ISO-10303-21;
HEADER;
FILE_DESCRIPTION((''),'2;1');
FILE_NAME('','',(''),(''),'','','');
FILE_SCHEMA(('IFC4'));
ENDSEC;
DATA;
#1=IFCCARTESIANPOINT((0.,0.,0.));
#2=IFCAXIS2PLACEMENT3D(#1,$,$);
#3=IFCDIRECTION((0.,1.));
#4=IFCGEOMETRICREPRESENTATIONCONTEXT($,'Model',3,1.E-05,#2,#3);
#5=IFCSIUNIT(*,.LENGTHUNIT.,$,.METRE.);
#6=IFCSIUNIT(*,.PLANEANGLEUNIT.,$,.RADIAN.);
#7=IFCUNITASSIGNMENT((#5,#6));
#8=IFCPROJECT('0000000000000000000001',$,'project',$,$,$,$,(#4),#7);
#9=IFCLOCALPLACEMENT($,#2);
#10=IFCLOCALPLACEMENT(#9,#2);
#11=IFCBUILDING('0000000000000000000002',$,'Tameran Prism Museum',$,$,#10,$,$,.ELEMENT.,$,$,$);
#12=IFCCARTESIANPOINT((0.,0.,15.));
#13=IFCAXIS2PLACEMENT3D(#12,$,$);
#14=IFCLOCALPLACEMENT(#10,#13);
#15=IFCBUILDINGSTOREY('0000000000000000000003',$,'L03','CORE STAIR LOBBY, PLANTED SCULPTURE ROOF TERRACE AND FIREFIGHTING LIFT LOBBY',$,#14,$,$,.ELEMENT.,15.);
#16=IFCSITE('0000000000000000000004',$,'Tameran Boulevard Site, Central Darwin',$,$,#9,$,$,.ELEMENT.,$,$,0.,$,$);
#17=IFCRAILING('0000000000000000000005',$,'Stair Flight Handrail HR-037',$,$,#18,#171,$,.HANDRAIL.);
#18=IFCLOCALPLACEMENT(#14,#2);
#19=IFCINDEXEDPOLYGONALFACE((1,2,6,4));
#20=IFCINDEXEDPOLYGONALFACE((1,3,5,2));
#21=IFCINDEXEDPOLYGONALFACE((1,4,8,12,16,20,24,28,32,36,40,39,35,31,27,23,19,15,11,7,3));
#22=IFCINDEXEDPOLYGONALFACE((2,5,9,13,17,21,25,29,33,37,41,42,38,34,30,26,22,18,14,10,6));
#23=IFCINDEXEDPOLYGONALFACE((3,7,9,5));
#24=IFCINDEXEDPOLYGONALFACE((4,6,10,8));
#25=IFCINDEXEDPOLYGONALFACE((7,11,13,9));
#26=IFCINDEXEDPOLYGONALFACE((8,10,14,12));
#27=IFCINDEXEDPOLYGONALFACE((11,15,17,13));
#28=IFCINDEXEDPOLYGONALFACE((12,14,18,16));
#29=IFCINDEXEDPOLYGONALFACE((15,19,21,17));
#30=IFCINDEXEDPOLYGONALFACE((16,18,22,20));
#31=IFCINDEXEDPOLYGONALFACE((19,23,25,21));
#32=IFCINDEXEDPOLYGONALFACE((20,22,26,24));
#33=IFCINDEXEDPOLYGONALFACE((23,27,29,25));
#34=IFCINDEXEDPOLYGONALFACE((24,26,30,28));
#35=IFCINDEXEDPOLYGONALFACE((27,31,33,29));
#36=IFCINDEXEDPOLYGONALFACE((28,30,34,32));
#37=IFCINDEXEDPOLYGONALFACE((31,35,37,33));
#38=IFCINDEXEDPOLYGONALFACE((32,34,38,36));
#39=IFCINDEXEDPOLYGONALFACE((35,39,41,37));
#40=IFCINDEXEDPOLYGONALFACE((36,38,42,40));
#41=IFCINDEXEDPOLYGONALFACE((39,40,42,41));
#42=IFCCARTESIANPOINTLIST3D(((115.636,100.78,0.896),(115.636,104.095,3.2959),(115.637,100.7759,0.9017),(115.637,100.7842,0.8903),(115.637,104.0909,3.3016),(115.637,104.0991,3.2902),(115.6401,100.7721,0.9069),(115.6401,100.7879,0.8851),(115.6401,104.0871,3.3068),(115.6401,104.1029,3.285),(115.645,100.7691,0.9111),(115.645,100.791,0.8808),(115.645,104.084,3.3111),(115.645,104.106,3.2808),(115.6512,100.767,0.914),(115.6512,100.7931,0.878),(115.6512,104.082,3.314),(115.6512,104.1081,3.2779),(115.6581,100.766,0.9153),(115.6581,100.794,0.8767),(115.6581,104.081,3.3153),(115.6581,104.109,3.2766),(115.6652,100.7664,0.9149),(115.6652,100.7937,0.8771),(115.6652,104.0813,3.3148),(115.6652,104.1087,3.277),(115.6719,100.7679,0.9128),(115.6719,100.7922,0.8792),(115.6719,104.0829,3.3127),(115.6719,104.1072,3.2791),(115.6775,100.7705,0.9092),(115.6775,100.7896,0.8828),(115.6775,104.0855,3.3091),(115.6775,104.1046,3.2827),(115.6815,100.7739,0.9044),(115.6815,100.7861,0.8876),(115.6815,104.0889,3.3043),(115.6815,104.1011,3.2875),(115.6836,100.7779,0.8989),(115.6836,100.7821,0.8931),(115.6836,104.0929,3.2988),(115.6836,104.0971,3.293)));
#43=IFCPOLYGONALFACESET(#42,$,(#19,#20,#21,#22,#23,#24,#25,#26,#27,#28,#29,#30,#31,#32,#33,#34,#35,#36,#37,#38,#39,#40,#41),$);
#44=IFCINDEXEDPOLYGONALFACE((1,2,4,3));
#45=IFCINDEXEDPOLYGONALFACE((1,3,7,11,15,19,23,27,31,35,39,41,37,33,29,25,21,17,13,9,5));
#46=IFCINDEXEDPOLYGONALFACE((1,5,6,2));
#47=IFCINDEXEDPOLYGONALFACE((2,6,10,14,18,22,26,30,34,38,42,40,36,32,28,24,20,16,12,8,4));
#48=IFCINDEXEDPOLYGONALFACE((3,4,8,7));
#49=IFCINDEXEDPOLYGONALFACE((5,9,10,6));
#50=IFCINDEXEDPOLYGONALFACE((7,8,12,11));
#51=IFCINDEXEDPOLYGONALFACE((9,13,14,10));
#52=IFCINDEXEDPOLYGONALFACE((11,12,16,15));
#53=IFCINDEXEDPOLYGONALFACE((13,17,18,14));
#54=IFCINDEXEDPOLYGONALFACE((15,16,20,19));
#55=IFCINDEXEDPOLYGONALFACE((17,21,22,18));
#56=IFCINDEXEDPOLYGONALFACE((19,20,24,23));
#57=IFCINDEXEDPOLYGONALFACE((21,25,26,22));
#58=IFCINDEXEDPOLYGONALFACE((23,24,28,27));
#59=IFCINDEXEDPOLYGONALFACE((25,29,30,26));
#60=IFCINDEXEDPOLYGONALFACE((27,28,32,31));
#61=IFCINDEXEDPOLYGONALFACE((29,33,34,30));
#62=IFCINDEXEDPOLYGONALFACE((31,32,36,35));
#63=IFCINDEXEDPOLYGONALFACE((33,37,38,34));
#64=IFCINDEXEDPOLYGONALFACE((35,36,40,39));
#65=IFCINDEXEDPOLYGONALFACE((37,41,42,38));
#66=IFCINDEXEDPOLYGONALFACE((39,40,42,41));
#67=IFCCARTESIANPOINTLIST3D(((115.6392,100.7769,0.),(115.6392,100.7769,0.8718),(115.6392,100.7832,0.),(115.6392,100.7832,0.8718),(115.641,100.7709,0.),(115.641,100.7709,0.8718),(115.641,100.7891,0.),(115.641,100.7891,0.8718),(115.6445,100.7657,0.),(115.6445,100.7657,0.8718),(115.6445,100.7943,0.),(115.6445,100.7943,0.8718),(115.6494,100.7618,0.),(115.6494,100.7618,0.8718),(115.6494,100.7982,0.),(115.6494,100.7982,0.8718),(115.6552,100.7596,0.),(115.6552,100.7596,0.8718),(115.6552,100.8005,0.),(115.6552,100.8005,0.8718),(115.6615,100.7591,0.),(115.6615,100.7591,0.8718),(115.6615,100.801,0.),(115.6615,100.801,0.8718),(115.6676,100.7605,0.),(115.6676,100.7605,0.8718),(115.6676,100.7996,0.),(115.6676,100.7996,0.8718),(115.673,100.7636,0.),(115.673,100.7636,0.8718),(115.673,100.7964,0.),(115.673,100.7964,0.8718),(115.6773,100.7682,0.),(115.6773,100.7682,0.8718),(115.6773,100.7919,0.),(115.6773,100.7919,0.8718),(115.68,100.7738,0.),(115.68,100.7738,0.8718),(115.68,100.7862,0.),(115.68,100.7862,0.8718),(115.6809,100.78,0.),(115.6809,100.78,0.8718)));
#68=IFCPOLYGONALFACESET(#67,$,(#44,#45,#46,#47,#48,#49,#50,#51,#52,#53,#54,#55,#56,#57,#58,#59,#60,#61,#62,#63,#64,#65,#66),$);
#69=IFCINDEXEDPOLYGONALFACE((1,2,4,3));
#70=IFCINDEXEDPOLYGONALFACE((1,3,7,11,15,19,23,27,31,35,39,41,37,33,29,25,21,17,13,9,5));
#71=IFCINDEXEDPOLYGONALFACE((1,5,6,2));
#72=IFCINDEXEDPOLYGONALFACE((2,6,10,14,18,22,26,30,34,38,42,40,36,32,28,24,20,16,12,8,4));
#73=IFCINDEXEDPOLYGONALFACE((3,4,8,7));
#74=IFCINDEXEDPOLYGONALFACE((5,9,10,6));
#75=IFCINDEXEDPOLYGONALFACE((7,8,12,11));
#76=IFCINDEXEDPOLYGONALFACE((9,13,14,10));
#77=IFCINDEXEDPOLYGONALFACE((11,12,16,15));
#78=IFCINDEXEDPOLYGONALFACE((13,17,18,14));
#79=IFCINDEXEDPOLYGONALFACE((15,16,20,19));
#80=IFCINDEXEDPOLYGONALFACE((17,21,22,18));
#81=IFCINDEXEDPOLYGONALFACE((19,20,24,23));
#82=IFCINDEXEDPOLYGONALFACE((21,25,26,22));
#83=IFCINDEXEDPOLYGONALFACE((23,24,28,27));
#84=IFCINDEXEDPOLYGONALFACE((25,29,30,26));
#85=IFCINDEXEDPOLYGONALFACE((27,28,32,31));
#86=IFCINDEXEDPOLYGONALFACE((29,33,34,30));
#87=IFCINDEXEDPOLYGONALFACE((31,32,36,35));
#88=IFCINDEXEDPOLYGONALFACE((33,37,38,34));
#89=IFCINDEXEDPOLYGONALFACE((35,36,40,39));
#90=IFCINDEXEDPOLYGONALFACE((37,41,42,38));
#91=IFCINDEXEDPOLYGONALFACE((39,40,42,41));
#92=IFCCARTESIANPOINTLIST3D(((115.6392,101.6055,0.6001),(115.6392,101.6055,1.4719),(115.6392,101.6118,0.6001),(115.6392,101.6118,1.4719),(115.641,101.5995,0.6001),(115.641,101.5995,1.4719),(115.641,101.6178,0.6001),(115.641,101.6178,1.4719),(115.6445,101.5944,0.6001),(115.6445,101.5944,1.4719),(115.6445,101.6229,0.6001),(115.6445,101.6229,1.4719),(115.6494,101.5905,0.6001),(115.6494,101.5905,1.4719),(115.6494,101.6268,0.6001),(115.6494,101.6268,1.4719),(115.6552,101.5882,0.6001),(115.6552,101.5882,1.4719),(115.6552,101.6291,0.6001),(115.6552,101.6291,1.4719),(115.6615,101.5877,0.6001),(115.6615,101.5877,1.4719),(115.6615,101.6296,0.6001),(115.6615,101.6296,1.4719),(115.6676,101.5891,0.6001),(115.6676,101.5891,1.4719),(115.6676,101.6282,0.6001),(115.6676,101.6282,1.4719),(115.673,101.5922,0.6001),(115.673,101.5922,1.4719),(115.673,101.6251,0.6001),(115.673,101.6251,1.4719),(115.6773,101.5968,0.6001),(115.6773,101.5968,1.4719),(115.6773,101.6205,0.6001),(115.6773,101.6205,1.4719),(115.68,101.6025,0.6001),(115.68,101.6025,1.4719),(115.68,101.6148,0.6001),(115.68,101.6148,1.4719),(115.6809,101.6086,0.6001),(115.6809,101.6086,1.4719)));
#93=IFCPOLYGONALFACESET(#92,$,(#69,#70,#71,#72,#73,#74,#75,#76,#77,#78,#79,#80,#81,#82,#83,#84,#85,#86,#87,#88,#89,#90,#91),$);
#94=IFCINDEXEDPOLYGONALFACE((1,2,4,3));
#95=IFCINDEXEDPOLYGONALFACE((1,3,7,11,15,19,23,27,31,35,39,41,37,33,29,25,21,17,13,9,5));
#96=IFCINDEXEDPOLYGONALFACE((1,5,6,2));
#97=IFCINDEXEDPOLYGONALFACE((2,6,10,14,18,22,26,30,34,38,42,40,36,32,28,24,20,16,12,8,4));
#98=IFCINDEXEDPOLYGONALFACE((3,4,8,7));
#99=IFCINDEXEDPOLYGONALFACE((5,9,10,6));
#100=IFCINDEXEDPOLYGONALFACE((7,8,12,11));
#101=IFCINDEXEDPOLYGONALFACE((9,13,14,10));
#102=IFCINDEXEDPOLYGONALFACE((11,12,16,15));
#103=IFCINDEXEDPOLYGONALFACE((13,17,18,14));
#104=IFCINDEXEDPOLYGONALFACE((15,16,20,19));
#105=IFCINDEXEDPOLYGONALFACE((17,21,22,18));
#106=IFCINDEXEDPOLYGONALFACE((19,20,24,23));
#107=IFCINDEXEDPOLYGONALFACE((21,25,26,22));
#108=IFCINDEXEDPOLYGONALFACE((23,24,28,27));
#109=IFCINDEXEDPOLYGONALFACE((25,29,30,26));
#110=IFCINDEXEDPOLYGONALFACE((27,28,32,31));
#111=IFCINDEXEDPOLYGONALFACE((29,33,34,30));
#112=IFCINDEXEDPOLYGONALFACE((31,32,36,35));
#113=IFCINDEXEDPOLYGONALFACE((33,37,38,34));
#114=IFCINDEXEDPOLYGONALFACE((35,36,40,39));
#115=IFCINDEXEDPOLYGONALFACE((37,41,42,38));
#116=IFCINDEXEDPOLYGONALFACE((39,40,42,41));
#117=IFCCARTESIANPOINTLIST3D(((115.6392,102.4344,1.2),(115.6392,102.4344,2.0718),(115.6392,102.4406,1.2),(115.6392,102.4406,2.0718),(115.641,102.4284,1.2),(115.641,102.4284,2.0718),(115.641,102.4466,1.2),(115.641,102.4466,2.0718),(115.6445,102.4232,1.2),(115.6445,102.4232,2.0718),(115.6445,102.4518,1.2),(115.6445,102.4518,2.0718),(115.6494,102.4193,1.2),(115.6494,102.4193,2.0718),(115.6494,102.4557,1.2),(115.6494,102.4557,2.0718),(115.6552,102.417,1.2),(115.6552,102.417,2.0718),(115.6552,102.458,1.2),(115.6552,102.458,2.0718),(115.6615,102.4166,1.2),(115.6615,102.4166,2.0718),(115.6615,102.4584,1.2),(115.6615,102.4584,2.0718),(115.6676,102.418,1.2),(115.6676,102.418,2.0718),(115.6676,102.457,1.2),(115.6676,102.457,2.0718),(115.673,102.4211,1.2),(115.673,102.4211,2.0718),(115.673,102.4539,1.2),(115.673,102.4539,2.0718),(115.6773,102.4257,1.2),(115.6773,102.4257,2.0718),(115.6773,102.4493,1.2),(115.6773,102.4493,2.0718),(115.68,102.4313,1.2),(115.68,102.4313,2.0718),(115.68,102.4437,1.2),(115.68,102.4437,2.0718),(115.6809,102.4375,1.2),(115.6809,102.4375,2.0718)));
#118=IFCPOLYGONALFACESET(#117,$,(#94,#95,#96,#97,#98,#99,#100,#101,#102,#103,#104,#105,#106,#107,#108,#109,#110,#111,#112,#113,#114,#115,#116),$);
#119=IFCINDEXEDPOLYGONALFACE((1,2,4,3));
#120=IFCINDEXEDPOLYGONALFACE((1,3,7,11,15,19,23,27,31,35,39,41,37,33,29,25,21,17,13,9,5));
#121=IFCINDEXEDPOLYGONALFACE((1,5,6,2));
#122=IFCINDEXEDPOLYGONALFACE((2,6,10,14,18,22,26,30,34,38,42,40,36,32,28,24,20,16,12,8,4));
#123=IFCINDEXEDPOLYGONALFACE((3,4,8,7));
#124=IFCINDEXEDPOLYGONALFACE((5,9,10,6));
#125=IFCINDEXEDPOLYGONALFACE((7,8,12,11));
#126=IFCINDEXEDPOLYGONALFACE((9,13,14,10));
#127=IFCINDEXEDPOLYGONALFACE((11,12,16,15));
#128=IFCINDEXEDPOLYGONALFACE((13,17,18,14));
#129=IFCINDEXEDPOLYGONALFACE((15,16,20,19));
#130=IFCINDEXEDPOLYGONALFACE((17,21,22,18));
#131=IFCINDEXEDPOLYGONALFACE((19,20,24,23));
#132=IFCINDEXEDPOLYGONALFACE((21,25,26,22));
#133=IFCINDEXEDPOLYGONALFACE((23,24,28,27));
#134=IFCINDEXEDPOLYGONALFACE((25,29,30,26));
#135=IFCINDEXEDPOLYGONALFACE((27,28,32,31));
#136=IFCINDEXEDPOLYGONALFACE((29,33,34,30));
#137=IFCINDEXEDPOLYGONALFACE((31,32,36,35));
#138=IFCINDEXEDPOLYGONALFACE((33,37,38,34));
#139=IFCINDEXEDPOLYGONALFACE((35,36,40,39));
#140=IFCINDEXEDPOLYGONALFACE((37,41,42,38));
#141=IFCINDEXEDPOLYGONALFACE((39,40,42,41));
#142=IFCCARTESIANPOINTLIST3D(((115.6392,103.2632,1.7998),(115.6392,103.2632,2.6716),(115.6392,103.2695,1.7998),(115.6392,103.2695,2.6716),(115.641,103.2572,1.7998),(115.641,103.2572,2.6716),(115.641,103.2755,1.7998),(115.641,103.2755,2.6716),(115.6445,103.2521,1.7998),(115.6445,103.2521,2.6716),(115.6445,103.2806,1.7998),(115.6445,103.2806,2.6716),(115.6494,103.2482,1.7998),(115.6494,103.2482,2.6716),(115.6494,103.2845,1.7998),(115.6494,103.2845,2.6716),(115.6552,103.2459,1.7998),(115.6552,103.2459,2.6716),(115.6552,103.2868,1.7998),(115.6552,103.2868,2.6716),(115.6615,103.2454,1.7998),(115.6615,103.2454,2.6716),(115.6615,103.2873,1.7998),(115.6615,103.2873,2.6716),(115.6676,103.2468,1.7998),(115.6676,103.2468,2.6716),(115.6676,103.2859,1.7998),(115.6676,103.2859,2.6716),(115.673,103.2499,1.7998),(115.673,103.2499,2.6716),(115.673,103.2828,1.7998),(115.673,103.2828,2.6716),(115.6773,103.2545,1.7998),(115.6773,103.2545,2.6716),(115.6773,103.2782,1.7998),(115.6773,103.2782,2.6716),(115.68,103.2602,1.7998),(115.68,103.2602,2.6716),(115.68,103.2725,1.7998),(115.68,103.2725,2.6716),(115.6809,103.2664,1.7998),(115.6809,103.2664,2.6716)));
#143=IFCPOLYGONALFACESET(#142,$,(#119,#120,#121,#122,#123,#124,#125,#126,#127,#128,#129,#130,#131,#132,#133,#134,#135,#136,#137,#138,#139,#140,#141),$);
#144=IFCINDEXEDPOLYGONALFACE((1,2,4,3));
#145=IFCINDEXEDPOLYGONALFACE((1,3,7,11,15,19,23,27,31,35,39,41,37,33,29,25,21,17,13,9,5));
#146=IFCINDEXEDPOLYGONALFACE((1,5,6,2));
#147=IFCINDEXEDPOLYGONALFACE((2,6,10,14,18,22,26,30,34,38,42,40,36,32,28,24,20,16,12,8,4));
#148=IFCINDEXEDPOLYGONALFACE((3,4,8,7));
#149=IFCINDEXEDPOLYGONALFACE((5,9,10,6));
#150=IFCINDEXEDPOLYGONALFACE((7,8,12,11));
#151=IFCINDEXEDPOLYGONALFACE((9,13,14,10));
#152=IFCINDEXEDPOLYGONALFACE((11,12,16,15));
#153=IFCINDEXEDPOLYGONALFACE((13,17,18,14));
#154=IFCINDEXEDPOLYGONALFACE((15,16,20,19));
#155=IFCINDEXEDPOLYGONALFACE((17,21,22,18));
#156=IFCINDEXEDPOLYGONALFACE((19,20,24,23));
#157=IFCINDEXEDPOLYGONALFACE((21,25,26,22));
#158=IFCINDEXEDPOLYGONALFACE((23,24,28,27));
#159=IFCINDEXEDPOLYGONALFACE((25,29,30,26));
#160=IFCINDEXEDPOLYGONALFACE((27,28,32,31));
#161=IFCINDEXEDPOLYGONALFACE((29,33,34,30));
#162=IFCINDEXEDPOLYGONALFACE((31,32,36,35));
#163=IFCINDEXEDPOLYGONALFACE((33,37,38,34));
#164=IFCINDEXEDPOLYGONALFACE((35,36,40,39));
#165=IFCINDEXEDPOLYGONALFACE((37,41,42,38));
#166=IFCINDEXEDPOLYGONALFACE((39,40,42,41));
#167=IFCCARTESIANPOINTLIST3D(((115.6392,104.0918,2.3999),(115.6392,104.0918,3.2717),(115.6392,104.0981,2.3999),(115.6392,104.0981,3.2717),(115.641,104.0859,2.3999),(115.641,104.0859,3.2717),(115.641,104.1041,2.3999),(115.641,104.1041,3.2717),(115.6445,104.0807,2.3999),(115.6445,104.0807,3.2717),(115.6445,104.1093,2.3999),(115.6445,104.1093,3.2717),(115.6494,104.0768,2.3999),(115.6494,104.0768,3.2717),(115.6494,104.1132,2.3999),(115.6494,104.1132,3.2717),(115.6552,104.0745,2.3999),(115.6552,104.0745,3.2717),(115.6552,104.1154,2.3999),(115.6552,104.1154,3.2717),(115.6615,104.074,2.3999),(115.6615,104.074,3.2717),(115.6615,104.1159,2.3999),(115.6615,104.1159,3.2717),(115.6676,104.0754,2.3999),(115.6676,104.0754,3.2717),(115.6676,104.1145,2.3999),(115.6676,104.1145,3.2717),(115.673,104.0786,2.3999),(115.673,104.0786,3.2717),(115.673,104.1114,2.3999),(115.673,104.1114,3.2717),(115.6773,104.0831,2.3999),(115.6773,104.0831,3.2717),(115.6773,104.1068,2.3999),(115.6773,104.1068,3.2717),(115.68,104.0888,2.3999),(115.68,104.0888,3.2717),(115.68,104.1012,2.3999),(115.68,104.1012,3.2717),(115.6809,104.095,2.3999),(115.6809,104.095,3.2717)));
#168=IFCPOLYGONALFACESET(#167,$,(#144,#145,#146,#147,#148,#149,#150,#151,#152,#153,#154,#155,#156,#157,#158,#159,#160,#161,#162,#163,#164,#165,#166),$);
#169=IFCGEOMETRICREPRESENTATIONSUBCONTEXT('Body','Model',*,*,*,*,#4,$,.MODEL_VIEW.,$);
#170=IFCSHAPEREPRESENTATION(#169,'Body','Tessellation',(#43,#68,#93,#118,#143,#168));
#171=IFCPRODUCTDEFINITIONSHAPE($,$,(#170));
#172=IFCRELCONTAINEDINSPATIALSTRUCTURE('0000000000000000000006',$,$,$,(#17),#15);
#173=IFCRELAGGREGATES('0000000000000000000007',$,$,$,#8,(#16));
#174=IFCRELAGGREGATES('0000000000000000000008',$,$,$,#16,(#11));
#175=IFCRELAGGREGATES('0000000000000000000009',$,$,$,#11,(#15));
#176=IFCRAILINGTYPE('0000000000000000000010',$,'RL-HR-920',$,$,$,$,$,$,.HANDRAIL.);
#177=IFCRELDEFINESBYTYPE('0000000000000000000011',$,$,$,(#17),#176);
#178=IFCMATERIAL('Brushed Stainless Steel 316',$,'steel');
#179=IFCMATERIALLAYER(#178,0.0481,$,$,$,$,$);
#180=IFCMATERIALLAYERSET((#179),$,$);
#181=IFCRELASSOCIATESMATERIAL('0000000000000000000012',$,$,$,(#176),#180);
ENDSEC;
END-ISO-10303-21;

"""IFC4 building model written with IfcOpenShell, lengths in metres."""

from ifc_helpers import new_model, si_unit, direction, frame, origin, origin_2d, place, context, subcontext, project, spatial, circle, extrude, material, layer, layer_set, type_object, element, save


model = new_model("IFC4")

# Units and contexts
model_context = context("Model", 3, precision=1e-05, world=origin(), true_north=direction((0.0, 1.0)))
body_context = subcontext(model_context, "Body", "Model", "MODEL_VIEW")
ifc_project = project(units=[si_unit("LENGTHUNIT", "METRE"), si_unit("PLANEANGLEUNIT", "RADIAN")], contexts=[model_context])

# Site, building, storey
site_placement = place(None, origin())
site = spatial("IfcSite", under=ifc_project, at=site_placement, Name="Tameran Boulevard Site, Central Darwin", CompositionType="ELEMENT", RefElevation=0.0)
building_placement = place(site_placement, origin())
building = spatial("IfcBuilding", under=site, at=building_placement, Name="Tameran Prism Museum", CompositionType="ELEMENT")
storey_placement = place(building_placement, frame((0.0, 0.0, 15.0)))
storey = spatial("IfcBuildingStorey", under=building, at=storey_placement, Name="L03", Description="CORE STAIR LOBBY, PLANTED SCULPTURE ROOF TERRACE AND FIREFIGHTING LIFT LOBBY", CompositionType="ELEMENT", Elevation=15.0)

# Railing
ifc_material_1 = material(Name="Brushed Stainless Steel 316", Category="steel")
ifc_layer_1 = layer(ifc_material_1, 0.0481)
ifc_layer_set_1 = layer_set([ifc_layer_1])
railing_type_1 = type_object("IfcRailingType", Name="RL-HR-920", PredefinedType="HANDRAIL", material=ifc_layer_set_1)
railing_1_placement = place(storey_placement, frame((115.6599, 100.78, 0.0)))
element("IfcRailing", 1, at=railing_1_placement, inside=storey, type_object=railing_type_1, Name="Stair Flight Handrail HR-037", PredefinedType="HANDRAIL", context=body_context, shape_type="SweptSolid", body=[
    extrude(circle(Radius=0.0239, at=origin_2d()), frame((0.0, 0.0, 0.896), z_axis=(0.0, 0.810009, 0.586418), x_axis=(-1.0, 0.0, 0.0)), (0.0, 0.0, 1.0), 4.0925),
    extrude(circle(Radius=0.021, at=origin_2d()), origin(), (0.0, 0.0, 1.0), 0.8718),
    extrude(circle(Radius=0.021, at=origin_2d()), frame((0.0, 0.8286, 0.6001)), (0.0, 0.0, 1.0), 0.8718),
    extrude(circle(Radius=0.021, at=origin_2d()), frame((0.0, 1.6575, 1.2)), (0.0, 0.0, 1.0), 0.8718),
    extrude(circle(Radius=0.021, at=origin_2d()), frame((0.0, 2.4863, 1.7998)), (0.0, 0.0, 1.0), 0.8718),
    extrude(circle(Radius=0.021, at=origin_2d()), frame((0.0, 3.3149, 2.3999)), (0.0, 0.0, 1.0), 0.8718),
])

save(model, "model.ifc")
